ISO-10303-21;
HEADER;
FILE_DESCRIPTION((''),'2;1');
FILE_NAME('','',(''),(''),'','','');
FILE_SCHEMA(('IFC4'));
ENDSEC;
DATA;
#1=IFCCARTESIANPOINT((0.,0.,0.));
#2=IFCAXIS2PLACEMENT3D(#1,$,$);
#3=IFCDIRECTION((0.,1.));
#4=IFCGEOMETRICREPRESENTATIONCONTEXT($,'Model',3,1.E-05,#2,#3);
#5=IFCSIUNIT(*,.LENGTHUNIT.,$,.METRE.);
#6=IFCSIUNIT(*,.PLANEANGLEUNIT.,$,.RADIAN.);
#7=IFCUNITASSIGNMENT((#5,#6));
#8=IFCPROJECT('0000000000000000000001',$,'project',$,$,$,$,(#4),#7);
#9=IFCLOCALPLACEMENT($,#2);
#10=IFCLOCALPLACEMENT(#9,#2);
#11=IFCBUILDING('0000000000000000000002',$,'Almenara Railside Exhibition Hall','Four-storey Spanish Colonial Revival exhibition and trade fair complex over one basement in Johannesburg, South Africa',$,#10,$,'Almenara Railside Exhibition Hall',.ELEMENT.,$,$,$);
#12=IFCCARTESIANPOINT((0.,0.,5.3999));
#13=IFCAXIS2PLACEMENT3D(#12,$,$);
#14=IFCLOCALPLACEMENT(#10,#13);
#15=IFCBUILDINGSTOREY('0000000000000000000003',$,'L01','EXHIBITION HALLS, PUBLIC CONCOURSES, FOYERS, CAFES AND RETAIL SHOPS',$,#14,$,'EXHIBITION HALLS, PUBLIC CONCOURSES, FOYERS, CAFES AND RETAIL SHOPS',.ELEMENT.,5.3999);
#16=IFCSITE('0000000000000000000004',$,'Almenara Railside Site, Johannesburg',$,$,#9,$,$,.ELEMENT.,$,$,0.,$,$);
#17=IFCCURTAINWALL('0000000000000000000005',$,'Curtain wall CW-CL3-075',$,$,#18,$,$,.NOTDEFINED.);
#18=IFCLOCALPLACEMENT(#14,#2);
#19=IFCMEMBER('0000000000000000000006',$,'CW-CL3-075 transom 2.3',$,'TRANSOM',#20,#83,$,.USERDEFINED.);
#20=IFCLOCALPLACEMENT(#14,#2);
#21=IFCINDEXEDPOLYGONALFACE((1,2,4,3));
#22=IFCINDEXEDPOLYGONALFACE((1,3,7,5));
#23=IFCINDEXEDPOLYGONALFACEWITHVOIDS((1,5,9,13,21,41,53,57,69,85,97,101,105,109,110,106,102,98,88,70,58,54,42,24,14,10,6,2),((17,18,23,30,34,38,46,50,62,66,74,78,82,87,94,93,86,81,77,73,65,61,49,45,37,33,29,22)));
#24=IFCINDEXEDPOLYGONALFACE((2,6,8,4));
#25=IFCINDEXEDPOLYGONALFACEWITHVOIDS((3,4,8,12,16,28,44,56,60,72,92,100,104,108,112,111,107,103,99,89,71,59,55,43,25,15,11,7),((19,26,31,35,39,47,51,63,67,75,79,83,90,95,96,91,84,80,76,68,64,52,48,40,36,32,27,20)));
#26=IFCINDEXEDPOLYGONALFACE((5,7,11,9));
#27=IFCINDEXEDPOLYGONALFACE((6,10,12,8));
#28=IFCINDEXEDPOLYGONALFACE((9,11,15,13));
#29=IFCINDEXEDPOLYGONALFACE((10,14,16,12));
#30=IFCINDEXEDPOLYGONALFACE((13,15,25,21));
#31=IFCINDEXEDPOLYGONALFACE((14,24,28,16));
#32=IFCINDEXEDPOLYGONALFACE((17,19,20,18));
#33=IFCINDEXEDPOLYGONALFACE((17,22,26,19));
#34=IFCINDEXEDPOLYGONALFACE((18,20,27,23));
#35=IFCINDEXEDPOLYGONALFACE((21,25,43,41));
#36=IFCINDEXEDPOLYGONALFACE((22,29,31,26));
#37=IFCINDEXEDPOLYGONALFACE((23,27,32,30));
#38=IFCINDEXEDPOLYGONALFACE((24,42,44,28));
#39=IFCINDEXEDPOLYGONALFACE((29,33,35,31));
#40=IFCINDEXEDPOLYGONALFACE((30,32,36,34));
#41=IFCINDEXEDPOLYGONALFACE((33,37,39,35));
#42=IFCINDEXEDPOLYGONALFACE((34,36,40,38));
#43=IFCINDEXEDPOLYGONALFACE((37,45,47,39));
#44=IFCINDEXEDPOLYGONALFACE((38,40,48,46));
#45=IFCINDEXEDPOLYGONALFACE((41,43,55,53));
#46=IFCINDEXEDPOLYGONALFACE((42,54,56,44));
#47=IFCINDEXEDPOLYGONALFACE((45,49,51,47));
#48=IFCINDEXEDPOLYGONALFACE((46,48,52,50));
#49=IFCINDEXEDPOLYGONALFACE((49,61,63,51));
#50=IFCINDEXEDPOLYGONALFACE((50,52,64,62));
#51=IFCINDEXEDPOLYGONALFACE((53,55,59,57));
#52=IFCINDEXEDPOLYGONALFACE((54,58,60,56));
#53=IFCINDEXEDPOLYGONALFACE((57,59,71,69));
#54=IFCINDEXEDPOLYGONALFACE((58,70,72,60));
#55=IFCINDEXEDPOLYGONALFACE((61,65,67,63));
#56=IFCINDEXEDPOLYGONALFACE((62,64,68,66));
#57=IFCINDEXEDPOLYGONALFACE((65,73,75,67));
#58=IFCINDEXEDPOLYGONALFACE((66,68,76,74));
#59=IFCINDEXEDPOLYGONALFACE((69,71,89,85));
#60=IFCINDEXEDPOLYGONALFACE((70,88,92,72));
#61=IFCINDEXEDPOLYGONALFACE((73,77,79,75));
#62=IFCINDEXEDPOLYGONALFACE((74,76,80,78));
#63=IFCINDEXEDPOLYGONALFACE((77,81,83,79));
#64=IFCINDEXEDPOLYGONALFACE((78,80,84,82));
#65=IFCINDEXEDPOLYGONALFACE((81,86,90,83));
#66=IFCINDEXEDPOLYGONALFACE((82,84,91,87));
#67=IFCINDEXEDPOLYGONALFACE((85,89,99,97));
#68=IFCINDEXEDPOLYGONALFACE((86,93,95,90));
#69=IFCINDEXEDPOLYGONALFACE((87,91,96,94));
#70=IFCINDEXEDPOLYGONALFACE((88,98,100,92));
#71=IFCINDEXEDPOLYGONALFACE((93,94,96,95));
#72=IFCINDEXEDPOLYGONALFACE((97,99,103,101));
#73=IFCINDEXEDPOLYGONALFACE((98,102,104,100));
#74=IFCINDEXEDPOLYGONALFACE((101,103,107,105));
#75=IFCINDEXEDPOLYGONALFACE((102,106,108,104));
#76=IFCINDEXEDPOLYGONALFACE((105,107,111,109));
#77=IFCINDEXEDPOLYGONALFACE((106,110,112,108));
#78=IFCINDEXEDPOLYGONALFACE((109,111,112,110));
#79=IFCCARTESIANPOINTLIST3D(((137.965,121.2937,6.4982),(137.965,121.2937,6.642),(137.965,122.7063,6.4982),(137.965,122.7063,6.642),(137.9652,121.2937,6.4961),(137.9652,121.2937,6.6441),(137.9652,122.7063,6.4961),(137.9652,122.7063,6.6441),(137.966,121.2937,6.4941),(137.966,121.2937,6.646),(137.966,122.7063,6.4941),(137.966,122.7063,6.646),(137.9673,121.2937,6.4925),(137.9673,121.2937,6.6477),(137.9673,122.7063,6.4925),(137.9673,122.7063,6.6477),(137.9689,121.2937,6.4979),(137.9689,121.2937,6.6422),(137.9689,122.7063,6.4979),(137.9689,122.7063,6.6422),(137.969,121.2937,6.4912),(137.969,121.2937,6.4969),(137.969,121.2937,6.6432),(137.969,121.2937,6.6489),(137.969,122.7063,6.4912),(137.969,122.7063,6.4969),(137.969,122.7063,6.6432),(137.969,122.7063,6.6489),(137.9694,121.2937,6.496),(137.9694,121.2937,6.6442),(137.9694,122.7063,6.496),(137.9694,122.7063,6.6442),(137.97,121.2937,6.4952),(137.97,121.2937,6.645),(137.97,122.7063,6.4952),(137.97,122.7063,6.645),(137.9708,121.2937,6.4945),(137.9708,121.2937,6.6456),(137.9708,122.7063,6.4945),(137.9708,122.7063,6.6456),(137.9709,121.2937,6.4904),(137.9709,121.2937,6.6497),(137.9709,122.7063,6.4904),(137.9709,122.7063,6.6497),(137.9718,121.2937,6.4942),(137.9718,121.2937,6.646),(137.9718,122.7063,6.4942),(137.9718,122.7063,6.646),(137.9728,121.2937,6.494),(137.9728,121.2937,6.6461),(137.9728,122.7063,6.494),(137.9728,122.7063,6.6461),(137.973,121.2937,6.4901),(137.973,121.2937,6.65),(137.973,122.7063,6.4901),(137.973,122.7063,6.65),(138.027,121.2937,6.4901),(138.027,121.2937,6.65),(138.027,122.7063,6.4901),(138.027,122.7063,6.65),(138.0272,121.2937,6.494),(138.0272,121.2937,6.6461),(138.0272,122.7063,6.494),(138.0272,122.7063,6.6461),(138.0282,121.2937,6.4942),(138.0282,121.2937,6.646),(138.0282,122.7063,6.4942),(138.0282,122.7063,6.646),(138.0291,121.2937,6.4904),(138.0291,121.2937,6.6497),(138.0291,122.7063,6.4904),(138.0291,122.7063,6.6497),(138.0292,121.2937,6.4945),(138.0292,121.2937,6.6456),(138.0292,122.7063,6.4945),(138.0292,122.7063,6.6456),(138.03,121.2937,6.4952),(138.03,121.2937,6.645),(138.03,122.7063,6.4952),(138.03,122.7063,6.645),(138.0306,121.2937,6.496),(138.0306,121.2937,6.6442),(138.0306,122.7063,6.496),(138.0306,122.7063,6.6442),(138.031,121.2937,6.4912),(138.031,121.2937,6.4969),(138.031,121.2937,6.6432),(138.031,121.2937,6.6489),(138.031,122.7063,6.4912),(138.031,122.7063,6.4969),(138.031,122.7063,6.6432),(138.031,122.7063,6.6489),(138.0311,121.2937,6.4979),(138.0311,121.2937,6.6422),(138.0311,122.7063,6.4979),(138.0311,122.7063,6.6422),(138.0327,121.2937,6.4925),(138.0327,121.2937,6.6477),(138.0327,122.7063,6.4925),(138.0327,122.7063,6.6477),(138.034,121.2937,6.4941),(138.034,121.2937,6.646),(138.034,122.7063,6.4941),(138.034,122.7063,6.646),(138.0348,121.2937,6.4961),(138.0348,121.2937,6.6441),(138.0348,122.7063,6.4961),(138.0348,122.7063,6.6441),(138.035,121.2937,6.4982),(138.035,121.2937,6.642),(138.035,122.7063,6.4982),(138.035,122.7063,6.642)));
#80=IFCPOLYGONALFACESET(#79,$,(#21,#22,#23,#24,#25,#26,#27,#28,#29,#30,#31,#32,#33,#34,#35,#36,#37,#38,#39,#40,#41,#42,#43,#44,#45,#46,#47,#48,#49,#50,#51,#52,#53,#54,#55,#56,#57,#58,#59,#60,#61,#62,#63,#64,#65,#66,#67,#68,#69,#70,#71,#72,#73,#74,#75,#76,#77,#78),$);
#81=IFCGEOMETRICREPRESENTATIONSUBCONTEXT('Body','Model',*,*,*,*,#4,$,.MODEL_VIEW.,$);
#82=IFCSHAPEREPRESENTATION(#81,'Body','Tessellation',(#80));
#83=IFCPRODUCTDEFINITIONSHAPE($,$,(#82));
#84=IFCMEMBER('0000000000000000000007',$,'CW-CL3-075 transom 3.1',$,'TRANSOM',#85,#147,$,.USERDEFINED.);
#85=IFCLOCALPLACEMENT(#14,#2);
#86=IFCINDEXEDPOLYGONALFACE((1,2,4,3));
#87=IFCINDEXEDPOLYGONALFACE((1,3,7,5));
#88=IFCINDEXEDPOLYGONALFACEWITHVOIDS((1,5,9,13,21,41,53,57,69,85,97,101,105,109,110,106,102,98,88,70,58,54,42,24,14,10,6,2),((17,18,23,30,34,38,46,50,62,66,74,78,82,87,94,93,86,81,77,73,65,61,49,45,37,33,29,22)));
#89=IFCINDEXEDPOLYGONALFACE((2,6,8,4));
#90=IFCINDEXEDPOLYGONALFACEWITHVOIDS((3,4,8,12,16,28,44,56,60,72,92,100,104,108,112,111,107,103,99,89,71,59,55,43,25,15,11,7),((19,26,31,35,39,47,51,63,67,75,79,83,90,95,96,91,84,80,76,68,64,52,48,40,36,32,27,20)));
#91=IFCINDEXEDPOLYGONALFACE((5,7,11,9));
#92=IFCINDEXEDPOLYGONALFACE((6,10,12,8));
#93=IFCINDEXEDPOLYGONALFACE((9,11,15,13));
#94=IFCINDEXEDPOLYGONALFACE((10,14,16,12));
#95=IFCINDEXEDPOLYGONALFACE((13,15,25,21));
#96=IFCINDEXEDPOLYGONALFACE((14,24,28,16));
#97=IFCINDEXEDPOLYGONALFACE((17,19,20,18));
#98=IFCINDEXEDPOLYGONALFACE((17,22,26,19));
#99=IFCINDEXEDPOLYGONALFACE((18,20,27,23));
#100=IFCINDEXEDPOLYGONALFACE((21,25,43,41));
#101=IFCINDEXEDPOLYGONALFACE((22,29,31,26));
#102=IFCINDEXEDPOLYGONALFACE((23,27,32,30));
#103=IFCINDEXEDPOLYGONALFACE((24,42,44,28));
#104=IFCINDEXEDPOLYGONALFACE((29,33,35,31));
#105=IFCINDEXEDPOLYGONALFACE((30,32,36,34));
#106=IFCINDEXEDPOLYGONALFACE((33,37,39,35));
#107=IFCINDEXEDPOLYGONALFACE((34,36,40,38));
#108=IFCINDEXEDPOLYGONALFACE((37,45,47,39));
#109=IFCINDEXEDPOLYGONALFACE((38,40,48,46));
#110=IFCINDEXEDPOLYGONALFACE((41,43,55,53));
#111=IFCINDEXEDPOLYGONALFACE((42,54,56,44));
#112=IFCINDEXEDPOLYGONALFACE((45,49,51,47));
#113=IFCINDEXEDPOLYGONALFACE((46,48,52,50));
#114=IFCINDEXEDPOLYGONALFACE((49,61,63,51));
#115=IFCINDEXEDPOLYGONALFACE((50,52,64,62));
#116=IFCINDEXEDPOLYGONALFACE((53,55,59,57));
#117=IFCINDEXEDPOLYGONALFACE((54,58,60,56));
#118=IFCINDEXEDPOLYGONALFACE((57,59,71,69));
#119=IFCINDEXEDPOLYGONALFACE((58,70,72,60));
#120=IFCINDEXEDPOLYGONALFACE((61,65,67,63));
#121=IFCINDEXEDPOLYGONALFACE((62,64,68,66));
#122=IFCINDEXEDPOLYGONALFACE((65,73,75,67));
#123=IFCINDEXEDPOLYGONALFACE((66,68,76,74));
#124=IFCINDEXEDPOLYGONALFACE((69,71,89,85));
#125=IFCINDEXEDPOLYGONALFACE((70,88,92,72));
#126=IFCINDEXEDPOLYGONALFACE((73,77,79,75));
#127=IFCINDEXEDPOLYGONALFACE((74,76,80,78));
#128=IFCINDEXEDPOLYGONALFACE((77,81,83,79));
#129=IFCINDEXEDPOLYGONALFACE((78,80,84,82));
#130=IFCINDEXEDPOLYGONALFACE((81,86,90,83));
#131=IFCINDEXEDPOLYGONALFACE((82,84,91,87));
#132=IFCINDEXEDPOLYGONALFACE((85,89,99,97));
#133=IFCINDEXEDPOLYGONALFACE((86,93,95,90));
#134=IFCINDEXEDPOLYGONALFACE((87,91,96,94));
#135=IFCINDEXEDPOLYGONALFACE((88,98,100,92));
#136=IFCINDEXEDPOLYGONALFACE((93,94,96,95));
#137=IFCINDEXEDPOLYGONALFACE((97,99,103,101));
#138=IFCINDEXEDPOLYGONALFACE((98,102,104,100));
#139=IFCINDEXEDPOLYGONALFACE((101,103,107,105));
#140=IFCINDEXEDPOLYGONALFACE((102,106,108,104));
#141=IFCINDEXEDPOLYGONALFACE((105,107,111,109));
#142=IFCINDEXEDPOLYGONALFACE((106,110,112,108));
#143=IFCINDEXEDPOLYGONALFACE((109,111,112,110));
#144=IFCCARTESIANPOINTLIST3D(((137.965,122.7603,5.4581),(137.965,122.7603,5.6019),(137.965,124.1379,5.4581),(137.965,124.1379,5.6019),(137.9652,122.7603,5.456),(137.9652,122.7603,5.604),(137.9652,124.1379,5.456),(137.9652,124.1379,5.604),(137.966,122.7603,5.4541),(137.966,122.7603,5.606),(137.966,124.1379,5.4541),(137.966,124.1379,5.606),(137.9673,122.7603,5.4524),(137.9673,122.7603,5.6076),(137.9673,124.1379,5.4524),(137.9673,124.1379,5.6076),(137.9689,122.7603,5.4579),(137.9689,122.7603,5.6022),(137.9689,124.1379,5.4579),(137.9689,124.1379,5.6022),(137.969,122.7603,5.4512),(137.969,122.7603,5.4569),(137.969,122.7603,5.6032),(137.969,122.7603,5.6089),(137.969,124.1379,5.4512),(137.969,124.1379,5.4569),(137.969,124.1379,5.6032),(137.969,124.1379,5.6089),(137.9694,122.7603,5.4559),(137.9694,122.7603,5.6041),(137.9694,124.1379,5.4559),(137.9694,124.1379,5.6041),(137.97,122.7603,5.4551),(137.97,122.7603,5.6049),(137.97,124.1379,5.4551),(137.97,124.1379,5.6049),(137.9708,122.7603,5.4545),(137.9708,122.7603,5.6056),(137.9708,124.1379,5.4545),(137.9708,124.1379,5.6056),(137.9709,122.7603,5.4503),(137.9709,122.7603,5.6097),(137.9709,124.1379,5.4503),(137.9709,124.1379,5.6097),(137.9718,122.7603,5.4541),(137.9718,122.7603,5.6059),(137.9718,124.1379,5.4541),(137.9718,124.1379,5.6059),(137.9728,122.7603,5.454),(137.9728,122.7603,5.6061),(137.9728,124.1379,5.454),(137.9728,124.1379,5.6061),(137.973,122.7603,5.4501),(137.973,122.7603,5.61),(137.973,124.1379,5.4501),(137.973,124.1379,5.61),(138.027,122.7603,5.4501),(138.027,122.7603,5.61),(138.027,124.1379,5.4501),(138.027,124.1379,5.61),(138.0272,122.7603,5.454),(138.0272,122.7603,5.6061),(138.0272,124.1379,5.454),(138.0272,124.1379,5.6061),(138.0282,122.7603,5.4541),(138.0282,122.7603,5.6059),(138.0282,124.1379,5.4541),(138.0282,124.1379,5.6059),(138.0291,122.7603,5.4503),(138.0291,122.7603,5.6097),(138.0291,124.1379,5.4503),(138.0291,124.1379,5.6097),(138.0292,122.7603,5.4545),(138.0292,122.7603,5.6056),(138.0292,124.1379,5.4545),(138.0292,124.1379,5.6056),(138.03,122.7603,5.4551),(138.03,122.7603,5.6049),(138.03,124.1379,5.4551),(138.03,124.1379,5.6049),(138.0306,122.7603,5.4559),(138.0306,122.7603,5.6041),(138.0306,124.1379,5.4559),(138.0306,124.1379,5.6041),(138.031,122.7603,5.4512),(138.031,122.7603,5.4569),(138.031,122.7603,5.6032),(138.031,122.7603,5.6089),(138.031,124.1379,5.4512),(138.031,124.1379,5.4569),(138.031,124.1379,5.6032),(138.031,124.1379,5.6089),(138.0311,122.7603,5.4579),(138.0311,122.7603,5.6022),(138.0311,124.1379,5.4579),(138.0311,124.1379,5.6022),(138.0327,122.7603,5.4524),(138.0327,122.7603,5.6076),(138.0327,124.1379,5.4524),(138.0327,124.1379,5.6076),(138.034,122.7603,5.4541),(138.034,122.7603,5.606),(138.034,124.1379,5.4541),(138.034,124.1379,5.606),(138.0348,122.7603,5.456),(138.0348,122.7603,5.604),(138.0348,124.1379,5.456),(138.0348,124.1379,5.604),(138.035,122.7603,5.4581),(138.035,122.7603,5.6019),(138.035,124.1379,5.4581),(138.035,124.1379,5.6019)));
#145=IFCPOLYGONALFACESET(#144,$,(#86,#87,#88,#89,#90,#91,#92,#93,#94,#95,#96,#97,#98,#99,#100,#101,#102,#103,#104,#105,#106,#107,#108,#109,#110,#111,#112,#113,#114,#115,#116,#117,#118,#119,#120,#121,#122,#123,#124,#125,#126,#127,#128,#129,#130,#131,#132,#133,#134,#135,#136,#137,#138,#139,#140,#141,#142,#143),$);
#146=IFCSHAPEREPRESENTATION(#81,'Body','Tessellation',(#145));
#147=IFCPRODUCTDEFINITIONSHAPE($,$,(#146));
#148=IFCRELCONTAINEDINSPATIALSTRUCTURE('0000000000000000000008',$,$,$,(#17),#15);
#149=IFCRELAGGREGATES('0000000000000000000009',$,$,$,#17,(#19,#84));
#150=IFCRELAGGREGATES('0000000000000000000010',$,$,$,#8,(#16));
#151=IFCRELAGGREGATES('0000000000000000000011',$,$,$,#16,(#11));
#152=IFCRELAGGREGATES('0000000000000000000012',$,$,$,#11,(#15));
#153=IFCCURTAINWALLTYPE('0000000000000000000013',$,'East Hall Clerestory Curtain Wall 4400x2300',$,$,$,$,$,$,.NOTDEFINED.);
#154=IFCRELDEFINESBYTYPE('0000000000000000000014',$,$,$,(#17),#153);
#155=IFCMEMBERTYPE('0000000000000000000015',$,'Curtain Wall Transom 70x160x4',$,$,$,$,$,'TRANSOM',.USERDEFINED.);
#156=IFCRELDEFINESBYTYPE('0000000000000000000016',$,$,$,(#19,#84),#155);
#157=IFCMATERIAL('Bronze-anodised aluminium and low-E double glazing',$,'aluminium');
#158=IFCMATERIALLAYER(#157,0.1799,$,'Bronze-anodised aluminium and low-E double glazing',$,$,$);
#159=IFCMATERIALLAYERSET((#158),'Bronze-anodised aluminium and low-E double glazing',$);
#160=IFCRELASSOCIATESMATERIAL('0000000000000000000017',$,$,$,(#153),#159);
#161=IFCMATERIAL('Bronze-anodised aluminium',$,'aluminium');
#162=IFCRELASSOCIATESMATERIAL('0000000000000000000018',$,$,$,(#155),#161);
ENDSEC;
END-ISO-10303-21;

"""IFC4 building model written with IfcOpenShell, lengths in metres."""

from ifc_helpers import new_model, si_unit, direction, frame, origin, origin_2d, place, context, subcontext, project, spatial, hollow_rectangle, extrude, material, layer, layer_set, material_profile, profile_set, type_object, element, aggregate, save


model = new_model("IFC4")

# Units and contexts
model_context = context("Model", 3, precision=1e-05, world=origin(), true_north=direction((0.0, 1.0)))
body_context = subcontext(model_context, "Body", "Model", "MODEL_VIEW")
ifc_project = project(units=[si_unit("LENGTHUNIT", "METRE"), si_unit("PLANEANGLEUNIT", "RADIAN")], contexts=[model_context])

# Site, building, storey
site_placement = place(None, origin())
site = spatial("IfcSite", under=ifc_project, at=site_placement, Name="Almenara Railside Site, Johannesburg", CompositionType="ELEMENT", RefElevation=0.0)
building_placement = place(site_placement, origin())
building = spatial("IfcBuilding", under=site, at=building_placement, Name="Almenara Railside Exhibition Hall", Description="Four-storey Spanish Colonial Revival exhibition and trade fair complex over one basement in Johannesburg, South Africa", LongName="Almenara Railside Exhibition Hall", CompositionType="ELEMENT")
storey_placement = place(building_placement, frame((0.0, 0.0, 5.3999)))
storey = spatial("IfcBuildingStorey", under=building, at=storey_placement, Name="L01", Description="EXHIBITION HALLS, PUBLIC CONCOURSES, FOYERS, CAFES AND RETAIL SHOPS", LongName="EXHIBITION HALLS, PUBLIC CONCOURSES, FOYERS, CAFES AND RETAIL SHOPS", CompositionType="ELEMENT", Elevation=5.3999)

# Shared definitions
ifc_material_1 = material(Name="Bronze-anodised aluminium and low-E double glazing", Category="aluminium")
ifc_layer_1 = layer(ifc_material_1, 0.1799, Name="Bronze-anodised aluminium and low-E double glazing")
ifc_layer_set_1 = layer_set([ifc_layer_1], Name="Bronze-anodised aluminium and low-E double glazing")
curtain_wall_type = type_object("IfcCurtainWallType", Name="East Hall Clerestory Curtain Wall 4400x2300", PredefinedType="NOTDEFINED", material=ifc_layer_set_1)
ifc_material_2 = material(Name="Bronze-anodised aluminium", Category="aluminium")

# Curtain wall
curtain_wall_1_placement = place(storey_placement, origin())
curtain_wall_1 = element("IfcCurtainWall", 1, at=curtain_wall_1_placement, inside=storey, type_object=curtain_wall_type, Name="Curtain wall CW-CL3-075", PredefinedType="NOTDEFINED")

# Members
ifc_material_profile_1 = material_profile(ifc_material_2, hollow_rectangle(XDim=0.0701, YDim=0.1599, WallThickness=0.0039, InnerFilletRadius=0.0039, OuterFilletRadius=0.0081, at=origin_2d()), Name="ALU-TRN 70x160x4")
ifc_profile_set_1 = profile_set([ifc_material_profile_1], Name="Bronze-anodised aluminium")
member_type_1 = type_object("IfcMemberType", Name="Curtain Wall Transom 70x160x4", ElementType="TRANSOM", PredefinedType="USERDEFINED", material=ifc_profile_set_1)
member_1_placement = place(storey_placement, frame((138.0, 121.2937, 6.5701), z_axis=(0.0, 1.0, 0.0), x_axis=(-1.0, 0.0, 0.0)))
member_1 = element("IfcMember", 2, at=member_1_placement, type_object=member_type_1, Name="CW-CL3-075 transom 2.3", ObjectType="TRANSOM", PredefinedType="USERDEFINED", context=body_context, shape_type="SweptSolid", body=[
    extrude(hollow_rectangle(XDim=0.0701, YDim=0.1599, WallThickness=0.0039, InnerFilletRadius=0.0039, OuterFilletRadius=0.0081, at=origin_2d()), origin(), (0.0, 0.0, 1.0), 1.4126),
])
member_2_placement = place(storey_placement, frame((138.0, 122.7603, 5.53), z_axis=(0.0, 1.0, 0.0), x_axis=(-1.0, 0.0, 0.0)))
member_2 = element("IfcMember", 3, at=member_2_placement, type_object=member_type_1, Name="CW-CL3-075 transom 3.1", ObjectType="TRANSOM", PredefinedType="USERDEFINED", context=body_context, shape_type="SweptSolid", body=[
    extrude(hollow_rectangle(XDim=0.0701, YDim=0.1599, WallThickness=0.0039, InnerFilletRadius=0.0039, OuterFilletRadius=0.0081, at=origin_2d()), origin(), (0.0, 0.0, 1.0), 1.3777),
])

aggregate(curtain_wall_1, [member_1, member_2])

save(model, "model.ifc")
